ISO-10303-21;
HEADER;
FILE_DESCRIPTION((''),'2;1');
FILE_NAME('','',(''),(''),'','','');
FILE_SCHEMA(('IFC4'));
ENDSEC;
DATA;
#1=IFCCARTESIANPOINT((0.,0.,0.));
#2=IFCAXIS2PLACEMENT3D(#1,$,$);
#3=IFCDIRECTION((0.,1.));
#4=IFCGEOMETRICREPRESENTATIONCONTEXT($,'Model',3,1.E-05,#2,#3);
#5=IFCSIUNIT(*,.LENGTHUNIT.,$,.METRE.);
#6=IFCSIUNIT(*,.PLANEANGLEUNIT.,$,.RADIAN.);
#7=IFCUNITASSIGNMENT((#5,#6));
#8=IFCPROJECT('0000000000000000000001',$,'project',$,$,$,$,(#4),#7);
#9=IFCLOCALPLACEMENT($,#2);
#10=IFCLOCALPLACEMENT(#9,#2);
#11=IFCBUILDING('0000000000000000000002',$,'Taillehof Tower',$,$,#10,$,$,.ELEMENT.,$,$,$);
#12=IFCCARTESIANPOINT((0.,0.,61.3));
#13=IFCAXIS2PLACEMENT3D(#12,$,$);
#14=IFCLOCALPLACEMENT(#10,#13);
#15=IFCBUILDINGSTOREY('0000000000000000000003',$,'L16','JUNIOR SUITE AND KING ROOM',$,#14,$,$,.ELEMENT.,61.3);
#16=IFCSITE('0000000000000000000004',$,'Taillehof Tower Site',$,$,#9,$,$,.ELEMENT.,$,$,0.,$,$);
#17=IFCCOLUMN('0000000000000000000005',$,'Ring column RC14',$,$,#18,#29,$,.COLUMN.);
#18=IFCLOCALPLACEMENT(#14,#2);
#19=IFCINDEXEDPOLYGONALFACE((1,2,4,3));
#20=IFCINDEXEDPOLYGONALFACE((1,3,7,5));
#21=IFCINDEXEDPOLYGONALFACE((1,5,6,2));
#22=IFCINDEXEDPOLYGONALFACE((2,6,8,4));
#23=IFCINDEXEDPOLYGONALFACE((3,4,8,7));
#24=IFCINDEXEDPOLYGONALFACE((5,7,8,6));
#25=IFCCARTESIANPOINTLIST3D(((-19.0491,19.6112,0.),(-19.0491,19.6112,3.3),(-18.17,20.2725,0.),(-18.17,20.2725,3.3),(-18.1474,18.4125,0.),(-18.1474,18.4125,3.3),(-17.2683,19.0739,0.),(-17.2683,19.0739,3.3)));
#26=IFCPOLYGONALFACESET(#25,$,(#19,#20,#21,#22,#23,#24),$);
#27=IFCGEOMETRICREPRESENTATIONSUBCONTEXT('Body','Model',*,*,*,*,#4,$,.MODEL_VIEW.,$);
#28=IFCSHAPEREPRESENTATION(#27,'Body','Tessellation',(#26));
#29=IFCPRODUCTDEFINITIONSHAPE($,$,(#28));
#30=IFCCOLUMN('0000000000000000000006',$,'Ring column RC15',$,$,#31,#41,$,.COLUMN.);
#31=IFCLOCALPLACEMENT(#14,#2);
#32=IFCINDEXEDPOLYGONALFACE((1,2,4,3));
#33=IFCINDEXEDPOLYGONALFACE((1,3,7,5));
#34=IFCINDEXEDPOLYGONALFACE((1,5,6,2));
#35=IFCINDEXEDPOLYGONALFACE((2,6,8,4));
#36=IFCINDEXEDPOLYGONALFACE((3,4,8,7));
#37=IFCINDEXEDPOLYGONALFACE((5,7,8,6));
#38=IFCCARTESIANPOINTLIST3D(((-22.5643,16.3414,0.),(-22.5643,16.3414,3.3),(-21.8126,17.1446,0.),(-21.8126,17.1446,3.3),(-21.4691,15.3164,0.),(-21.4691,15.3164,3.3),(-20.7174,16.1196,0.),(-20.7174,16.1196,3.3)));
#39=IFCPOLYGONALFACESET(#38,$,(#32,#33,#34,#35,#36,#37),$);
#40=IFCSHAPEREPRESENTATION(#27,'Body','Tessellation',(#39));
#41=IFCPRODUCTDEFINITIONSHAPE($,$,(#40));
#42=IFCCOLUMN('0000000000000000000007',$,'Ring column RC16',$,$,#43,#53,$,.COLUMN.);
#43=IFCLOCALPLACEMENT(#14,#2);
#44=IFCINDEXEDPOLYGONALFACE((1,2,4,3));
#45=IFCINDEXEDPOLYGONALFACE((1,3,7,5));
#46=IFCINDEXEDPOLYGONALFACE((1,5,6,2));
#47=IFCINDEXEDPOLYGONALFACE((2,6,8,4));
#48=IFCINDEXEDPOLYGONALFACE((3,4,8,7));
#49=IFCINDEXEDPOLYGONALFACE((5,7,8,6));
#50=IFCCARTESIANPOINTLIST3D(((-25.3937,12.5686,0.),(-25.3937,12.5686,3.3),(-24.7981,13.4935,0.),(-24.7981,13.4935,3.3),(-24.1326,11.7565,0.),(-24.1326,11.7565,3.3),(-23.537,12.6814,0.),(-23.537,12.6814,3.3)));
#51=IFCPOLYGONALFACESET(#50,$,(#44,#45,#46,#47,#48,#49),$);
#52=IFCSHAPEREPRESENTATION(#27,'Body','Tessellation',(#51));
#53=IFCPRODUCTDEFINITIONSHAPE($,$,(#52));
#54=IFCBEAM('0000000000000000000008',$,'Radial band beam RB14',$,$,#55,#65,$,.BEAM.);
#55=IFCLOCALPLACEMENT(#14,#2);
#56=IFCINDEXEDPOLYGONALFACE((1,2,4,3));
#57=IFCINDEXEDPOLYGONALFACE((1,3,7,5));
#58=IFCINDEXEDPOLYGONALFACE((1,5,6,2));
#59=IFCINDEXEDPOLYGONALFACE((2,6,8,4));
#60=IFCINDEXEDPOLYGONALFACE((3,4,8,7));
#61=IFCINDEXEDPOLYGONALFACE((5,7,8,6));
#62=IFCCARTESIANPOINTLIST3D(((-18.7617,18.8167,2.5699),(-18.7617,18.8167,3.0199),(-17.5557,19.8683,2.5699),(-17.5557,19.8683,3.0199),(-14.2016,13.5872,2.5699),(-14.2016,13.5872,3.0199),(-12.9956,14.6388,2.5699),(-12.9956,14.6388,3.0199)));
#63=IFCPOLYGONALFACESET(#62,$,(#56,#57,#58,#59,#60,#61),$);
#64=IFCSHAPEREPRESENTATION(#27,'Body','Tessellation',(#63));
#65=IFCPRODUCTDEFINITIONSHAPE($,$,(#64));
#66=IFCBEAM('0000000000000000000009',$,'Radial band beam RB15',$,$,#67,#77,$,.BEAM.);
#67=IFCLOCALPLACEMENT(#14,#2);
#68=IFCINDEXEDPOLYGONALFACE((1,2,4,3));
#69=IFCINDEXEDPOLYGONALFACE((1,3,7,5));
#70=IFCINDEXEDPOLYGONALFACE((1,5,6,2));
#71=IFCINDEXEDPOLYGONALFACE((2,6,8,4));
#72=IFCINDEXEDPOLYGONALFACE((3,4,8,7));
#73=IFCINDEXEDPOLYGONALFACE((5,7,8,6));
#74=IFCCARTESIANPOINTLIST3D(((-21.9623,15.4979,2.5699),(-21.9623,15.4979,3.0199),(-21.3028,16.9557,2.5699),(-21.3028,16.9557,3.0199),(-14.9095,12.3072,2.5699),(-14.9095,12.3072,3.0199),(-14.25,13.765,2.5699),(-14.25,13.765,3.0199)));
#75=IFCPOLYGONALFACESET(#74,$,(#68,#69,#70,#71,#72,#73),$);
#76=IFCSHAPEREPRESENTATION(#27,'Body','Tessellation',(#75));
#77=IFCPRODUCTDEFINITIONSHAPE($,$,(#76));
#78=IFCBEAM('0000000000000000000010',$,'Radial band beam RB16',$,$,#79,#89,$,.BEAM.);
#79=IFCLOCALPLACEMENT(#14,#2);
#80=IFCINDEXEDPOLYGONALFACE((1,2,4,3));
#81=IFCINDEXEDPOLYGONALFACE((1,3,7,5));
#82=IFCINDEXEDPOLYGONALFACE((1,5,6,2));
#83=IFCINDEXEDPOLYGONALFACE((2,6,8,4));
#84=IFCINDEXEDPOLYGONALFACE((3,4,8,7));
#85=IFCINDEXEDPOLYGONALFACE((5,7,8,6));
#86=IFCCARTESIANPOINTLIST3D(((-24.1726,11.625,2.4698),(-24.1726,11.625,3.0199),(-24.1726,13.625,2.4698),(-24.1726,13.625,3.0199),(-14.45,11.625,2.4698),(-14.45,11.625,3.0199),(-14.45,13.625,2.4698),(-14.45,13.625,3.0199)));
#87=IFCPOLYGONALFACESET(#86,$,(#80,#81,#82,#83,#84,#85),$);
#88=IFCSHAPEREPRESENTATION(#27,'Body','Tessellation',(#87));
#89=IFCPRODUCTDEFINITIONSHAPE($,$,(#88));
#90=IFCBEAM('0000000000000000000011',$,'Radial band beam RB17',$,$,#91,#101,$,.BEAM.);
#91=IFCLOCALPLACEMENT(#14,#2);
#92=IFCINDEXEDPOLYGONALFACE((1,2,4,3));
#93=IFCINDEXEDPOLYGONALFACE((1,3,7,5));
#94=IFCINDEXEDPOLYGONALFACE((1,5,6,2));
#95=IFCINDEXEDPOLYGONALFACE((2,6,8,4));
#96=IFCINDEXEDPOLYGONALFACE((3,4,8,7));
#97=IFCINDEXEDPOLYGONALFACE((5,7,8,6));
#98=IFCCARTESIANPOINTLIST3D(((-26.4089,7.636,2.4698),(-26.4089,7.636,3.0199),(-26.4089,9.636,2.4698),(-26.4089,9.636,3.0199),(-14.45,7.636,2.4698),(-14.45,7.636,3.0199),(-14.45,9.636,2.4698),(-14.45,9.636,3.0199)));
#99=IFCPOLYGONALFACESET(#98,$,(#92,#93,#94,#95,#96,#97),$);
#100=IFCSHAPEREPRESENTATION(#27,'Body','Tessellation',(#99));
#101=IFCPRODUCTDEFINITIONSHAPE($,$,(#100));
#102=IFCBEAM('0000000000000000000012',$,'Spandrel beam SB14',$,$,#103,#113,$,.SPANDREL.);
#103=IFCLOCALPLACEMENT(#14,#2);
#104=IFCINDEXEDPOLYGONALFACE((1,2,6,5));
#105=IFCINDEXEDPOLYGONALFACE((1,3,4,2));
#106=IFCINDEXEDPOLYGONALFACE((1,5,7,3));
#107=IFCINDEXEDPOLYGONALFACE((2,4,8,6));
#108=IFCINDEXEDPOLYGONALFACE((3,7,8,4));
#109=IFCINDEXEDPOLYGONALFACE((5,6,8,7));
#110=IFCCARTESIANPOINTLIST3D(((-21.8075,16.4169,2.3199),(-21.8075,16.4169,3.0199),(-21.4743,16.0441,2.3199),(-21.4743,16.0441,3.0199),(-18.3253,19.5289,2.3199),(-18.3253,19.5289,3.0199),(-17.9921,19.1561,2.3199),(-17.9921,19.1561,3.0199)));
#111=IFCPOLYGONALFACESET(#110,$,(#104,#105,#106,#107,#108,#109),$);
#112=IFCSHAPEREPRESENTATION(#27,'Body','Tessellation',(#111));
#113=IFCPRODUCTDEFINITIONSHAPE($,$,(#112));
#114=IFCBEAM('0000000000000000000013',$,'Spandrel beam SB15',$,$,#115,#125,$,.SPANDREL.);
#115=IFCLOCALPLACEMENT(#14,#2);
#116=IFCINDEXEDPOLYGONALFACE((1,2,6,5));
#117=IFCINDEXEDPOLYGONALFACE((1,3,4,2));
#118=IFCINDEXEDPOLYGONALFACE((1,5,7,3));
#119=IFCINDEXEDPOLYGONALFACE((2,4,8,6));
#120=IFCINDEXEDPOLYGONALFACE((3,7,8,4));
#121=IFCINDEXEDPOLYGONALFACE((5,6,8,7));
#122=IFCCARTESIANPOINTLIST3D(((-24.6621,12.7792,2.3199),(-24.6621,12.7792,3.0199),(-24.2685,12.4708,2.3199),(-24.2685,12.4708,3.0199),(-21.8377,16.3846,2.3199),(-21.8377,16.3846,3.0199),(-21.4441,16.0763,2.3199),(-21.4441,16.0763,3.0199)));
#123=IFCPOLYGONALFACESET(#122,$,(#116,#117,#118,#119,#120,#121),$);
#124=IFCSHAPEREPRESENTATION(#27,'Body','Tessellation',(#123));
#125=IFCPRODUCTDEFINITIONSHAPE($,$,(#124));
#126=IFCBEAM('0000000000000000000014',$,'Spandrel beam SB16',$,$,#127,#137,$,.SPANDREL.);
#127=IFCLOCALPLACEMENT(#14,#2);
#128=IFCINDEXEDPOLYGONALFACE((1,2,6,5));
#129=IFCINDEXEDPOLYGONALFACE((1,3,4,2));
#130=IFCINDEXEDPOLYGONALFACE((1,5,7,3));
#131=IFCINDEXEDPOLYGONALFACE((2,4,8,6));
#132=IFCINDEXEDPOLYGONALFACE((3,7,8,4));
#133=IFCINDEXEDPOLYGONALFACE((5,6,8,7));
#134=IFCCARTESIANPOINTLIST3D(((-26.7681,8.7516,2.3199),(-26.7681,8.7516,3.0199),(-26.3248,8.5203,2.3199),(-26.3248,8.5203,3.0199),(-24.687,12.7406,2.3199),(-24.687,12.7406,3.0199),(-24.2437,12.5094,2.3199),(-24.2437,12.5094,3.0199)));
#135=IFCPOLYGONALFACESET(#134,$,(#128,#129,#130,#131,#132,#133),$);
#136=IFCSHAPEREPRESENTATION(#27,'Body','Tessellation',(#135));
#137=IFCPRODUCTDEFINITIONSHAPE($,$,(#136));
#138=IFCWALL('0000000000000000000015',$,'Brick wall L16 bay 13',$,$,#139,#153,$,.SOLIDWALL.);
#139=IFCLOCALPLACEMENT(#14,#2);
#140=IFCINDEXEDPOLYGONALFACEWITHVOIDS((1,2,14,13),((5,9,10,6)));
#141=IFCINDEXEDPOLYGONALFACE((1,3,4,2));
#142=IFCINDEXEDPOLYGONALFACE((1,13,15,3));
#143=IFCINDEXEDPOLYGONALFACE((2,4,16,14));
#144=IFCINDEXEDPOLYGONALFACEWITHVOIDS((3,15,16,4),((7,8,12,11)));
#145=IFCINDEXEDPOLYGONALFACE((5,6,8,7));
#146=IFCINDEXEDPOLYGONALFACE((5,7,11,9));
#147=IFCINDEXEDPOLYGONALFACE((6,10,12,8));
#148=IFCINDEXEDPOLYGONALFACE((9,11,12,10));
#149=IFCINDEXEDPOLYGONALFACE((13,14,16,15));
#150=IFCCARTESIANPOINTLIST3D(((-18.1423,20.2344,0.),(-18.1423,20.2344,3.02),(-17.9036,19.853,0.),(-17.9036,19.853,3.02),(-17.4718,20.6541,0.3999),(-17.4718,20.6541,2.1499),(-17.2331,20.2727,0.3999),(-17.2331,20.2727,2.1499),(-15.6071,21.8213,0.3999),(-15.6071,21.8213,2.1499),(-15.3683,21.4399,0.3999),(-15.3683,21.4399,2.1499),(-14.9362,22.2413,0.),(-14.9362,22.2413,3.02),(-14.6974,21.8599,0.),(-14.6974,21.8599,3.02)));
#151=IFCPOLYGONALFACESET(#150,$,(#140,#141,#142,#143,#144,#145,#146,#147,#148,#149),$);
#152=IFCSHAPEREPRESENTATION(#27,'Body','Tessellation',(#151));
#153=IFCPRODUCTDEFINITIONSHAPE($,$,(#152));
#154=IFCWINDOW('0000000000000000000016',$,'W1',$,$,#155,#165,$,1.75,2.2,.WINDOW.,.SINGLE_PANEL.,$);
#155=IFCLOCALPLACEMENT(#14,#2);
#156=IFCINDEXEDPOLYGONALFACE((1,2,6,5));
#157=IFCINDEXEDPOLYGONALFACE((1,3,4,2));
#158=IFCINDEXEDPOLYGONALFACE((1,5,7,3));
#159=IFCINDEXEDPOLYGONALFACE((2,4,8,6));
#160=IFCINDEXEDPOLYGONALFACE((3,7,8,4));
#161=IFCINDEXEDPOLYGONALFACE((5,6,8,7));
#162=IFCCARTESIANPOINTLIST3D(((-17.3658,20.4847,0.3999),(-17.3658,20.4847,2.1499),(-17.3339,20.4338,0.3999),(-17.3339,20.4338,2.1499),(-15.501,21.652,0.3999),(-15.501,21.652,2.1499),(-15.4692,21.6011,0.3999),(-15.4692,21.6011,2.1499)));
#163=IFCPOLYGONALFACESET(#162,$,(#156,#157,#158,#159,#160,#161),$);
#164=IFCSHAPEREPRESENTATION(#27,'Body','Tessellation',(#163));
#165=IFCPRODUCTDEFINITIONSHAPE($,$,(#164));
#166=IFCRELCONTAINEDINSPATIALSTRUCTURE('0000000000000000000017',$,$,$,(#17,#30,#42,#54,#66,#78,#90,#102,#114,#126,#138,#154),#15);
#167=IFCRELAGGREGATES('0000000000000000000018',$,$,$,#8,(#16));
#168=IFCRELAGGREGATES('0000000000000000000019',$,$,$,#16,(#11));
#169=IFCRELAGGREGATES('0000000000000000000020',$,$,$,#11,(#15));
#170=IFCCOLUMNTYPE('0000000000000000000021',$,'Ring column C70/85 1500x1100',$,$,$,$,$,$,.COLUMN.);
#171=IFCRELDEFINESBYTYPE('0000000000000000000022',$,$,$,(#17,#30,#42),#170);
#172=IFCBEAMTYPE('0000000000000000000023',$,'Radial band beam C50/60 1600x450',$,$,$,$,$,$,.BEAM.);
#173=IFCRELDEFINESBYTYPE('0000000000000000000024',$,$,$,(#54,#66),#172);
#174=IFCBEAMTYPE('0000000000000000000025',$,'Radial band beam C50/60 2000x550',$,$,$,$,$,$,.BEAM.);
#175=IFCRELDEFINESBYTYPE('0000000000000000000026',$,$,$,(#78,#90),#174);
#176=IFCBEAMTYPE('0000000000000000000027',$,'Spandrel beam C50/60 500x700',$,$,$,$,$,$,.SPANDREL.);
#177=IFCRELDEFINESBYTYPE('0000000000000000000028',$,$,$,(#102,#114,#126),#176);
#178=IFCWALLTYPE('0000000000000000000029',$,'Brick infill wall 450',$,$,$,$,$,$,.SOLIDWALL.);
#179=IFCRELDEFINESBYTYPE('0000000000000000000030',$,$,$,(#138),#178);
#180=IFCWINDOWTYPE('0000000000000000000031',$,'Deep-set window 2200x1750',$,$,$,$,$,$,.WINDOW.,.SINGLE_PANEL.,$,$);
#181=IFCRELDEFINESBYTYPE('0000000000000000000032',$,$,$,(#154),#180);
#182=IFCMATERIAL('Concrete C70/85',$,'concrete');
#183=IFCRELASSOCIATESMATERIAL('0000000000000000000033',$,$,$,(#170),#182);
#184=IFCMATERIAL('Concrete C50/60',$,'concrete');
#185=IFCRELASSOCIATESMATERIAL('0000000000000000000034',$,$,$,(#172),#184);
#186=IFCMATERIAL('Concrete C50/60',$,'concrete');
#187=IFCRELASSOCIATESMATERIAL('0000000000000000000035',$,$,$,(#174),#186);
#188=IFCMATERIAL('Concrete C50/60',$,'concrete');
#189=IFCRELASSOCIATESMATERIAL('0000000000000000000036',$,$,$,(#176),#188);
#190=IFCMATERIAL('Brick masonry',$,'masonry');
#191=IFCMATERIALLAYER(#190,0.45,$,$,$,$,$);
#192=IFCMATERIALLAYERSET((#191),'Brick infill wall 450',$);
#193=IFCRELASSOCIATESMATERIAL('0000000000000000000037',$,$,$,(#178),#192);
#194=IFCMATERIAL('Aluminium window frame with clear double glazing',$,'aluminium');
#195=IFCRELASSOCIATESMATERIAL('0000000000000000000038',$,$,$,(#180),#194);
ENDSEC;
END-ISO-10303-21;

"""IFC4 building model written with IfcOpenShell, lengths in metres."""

from ifc_helpers import new_model, si_unit, direction, frame, frame_2d, origin, origin_2d, place, context, subcontext, project, spatial, rectangle, extrude, material, layer, layer_set, material_profile, profile_set, type_object, element, fill, save


model = new_model("IFC4")

# Units and contexts
model_context = context("Model", 3, precision=1e-05, world=origin(), true_north=direction((0.0, 1.0)))
body_context = subcontext(model_context, "Body", "Model", "MODEL_VIEW")
ifc_project = project(units=[si_unit("LENGTHUNIT", "METRE"), si_unit("PLANEANGLEUNIT", "RADIAN")], contexts=[model_context])

# Site, building, storey
site_placement = place(None, origin())
site = spatial("IfcSite", under=ifc_project, at=site_placement, Name="Taillehof Tower Site", CompositionType="ELEMENT", RefElevation=0.0)
building_placement = place(site_placement, origin())
building = spatial("IfcBuilding", under=site, at=building_placement, Name="Taillehof Tower", CompositionType="ELEMENT")
storey_placement = place(building_placement, frame((0.0, 0.0, 61.3)))
storey = spatial("IfcBuildingStorey", under=building, at=storey_placement, Name="L16", Description="JUNIOR SUITE AND KING ROOM", CompositionType="ELEMENT", Elevation=61.3)

# Columns
ifc_material_1 = material(Name="Concrete C70/85", Category="concrete")
ifc_material_profile_1 = material_profile(ifc_material_1, rectangle(XDim=1.5, YDim=1.1001, at=origin_2d()), Name="RC 1500x1100")
ifc_profile_set_1 = profile_set([ifc_material_profile_1], Name="Concrete C70/85")
column_type = type_object("IfcColumnType", Name="Ring column C70/85 1500x1100", PredefinedType="COLUMN", material=ifc_profile_set_1)
for number, where, z_axis, x_axis, name in (
    (1, (-18.1587, 19.3425, 0.0), (0.0, 0.0, 1.0), (-0.601174, 0.799118, 0.0), "Ring column RC14"),
    (2, (-21.6409, 16.2305, 0.0), (0.0, 0.0, 1.0), (-0.730113, 0.683326, 0.0), "Ring column RC15"),
    (3, (-24.4653, 12.625, 0.0), (0.0, 0.0, 1.0), (-0.840754, 0.541418, 0.0), "Ring column RC16"),
):
    element("IfcColumn", number, at=place(storey_placement, frame(where, z_axis=z_axis, x_axis=x_axis)), inside=storey, type_object=column_type, Name=name, PredefinedType="COLUMN", context=body_context, shape_type="SweptSolid", body=[
        extrude(rectangle(XDim=1.5, YDim=1.1001, at=origin_2d()), origin(), (0.0, 0.0, 1.0), 3.3),
    ])

# Beams
ifc_material_2 = material(Name="Concrete C50/60", Category="concrete")
ifc_material_profile_2 = material_profile(ifc_material_2, rectangle(XDim=1.6001, YDim=0.45, at=origin_2d()), Name="RC 1600x450")
ifc_profile_set_2 = profile_set([ifc_material_profile_2], Name="Concrete C50/60")
beam_type_1 = type_object("IfcBeamType", Name="Radial band beam C50/60 1600x450", PredefinedType="BEAM", material=ifc_profile_set_2)
beam_1_placement = place(storey_placement, frame((-18.1587, 19.3425, 2.7949), z_axis=(0.657218, -0.7537, 0.0), x_axis=(0.7537, 0.657218, 0.0)))
element("IfcBeam", 4, at=beam_1_placement, inside=storey, type_object=beam_type_1, Name="Radial band beam RB14", PredefinedType="BEAM", context=body_context, shape_type="SweptSolid", body=[
    extrude(rectangle(XDim=1.6001, YDim=0.45, at=origin_2d()), origin(), (0.0, 0.0, 1.0), 6.9385),
])
beam_2_placement = place(storey_placement, frame((-21.6326, 16.2268, 2.7949), z_axis=(0.911101, -0.412184, 0.0), x_axis=(0.412184, 0.911101, 0.0)))
element("IfcBeam", 5, at=beam_2_placement, inside=storey, type_object=beam_type_1, Name="Radial band beam RB15", PredefinedType="BEAM", context=body_context, shape_type="SweptSolid", body=[
    extrude(rectangle(XDim=1.6001, YDim=0.45, at=origin_2d()), origin(), (0.0, 0.0, 1.0), 7.741),
])
ifc_material_3 = material(Name="Concrete C50/60", Category="concrete")
ifc_material_profile_3 = material_profile(ifc_material_3, rectangle(XDim=2.0, YDim=0.55, at=origin_2d()), Name="RC 2000x550")
ifc_profile_set_3 = profile_set([ifc_material_profile_3], Name="Concrete C50/60")
beam_type_2 = type_object("IfcBeamType", Name="Radial band beam C50/60 2000x550", PredefinedType="BEAM", material=ifc_profile_set_3)
beam_3_placement = place(storey_placement, frame((-24.1726, 12.625, 2.7449), z_axis=(1.0, 0.0, 0.0), x_axis=(0.0, 1.0, 0.0)))
element("IfcBeam", 6, at=beam_3_placement, inside=storey, type_object=beam_type_2, Name="Radial band beam RB16", PredefinedType="BEAM", context=body_context, shape_type="SweptSolid", body=[
    extrude(rectangle(XDim=2.0, YDim=0.55, at=origin_2d()), origin(), (0.0, 0.0, 1.0), 9.7227),
])
beam_4_placement = place(storey_placement, frame((-26.4089, 8.636, 2.7449), z_axis=(1.0, 0.0, 0.0), x_axis=(0.0, 1.0, 0.0)))
element("IfcBeam", 7, at=beam_4_placement, inside=storey, type_object=beam_type_2, Name="Radial band beam RB17", PredefinedType="BEAM", context=body_context, shape_type="SweptSolid", body=[
    extrude(rectangle(XDim=2.0, YDim=0.55, at=origin_2d()), origin(), (0.0, 0.0, 1.0), 11.959),
])
ifc_material_4 = material(Name="Concrete C50/60", Category="concrete")
ifc_material_profile_4 = material_profile(ifc_material_4, rectangle(XDim=0.5, YDim=0.7, at=origin_2d()), Name="RC 500x700")
ifc_profile_set_4 = profile_set([ifc_material_profile_4], Name="Concrete C50/60")
beam_type_3 = type_object("IfcBeamType", Name="Spandrel beam C50/60 500x700", PredefinedType="SPANDREL", material=ifc_profile_set_4)
beam_5_placement = place(storey_placement, frame((-18.1587, 19.3425, 2.6699), z_axis=(-0.745621, -0.66637, 0.0), x_axis=(0.66637, -0.745621, 0.0)))
element("IfcBeam", 8, at=beam_5_placement, inside=storey, type_object=beam_type_3, Name="Spandrel beam SB14", PredefinedType="SPANDREL", context=body_context, shape_type="SweptSolid", body=[
    extrude(rectangle(XDim=0.5, YDim=0.7, at=origin_2d()), origin(), (0.0, 0.0, 1.0), 4.6702),
])
beam_6_placement = place(storey_placement, frame((-21.6409, 16.2305, 2.6699), z_axis=(-0.616686, -0.787209, 0.0), x_axis=(0.787209, -0.616686, 0.0)))
element("IfcBeam", 9, at=beam_6_placement, inside=storey, type_object=beam_type_3, Name="Spandrel beam SB15", PredefinedType="SPANDREL", context=body_context, shape_type="SweptSolid", body=[
    extrude(rectangle(XDim=0.5, YDim=0.7, at=origin_2d()), origin(), (0.0, 0.0, 1.0), 4.5801),
])
beam_7_placement = place(storey_placement, frame((-24.4653, 12.625, 2.6699), z_axis=(-0.462536, -0.8866, 0.0), x_axis=(0.8866, -0.462536, 0.0)))
element("IfcBeam", 10, at=beam_7_placement, inside=storey, type_object=beam_type_3, Name="Spandrel beam SB16", PredefinedType="SPANDREL", context=body_context, shape_type="SweptSolid", body=[
    extrude(rectangle(XDim=0.5, YDim=0.7, at=origin_2d()), origin(), (0.0, 0.0, 1.0), 4.4993),
])

# Wall, opening, window
ifc_material_5 = material(Name="Brick masonry", Category="masonry")
ifc_layer_1 = layer(ifc_material_5, 0.45)
ifc_layer_set_1 = layer_set([ifc_layer_1], Name="Brick infill wall 450")
wall_type_1 = type_object("IfcWallType", Name="Brick infill wall 450", PredefinedType="SOLIDWALL", material=ifc_layer_set_1)
wall_1_placement = place(storey_placement, frame((-14.8169, 22.0505, 0.0), z_axis=(0.0, 0.0, 1.0), x_axis=(-0.847635, -0.530579, 0.0)))
wall_1 = element("IfcWall", 11, at=wall_1_placement, inside=storey, type_object=wall_type_1, Name="Brick wall L16 bay 13", PredefinedType="SOLIDWALL", context=body_context, shape_type="SweptSolid", body=[
    extrude(rectangle(XDim=3.7825, YDim=0.45, at=frame_2d((1.8911, 0.0))), origin(), (0.0, 0.0, 1.0), 3.02),
])
opening_1_placement = place(wall_1_placement, frame((0.7913, 0.0, 0.3999)))
opening_1 = element("IfcOpeningElement", 12, at=opening_1_placement, cuts=wall_1, PredefinedType="OPENING", context=body_context, shape_type="SweptSolid", body=[
    extrude(rectangle(XDim=2.2, YDim=1.75, at=frame_2d((1.1001, 0.875))), frame((0.0, 0.2349, 0.0), z_axis=(0.0, -1.0, 0.0), x_axis=(1.0, 0.0, 0.0)), (0.0, 0.0, 1.0), 0.47),
])
ifc_material_6 = material(Name="Aluminium window frame with clear double glazing", Category="aluminium")
window_type = type_object("IfcWindowType", Name="Deep-set window 2200x1750", PartitioningType="SINGLE_PANEL", PredefinedType="WINDOW", material=ifc_material_6)
window_1_placement = place(opening_1_placement, origin())
window_1 = element("IfcWindow", 13, at=window_1_placement, inside=storey, type_object=window_type, Name="W1", OverallHeight=1.75, OverallWidth=2.2, PartitioningType="SINGLE_PANEL", PredefinedType="WINDOW", context=body_context, shape_type="SweptSolid", body=[
    extrude(rectangle(XDim=2.2, YDim=1.75, at=frame_2d((1.1001, 0.875))), frame((0.0, 0.0349, 0.0), z_axis=(0.0, -1.0, 0.0), x_axis=(1.0, 0.0, 0.0)), (0.0, 0.0, 1.0), 0.0601),
])
fill(opening_1, window_1)

save(model, "model.ifc")
